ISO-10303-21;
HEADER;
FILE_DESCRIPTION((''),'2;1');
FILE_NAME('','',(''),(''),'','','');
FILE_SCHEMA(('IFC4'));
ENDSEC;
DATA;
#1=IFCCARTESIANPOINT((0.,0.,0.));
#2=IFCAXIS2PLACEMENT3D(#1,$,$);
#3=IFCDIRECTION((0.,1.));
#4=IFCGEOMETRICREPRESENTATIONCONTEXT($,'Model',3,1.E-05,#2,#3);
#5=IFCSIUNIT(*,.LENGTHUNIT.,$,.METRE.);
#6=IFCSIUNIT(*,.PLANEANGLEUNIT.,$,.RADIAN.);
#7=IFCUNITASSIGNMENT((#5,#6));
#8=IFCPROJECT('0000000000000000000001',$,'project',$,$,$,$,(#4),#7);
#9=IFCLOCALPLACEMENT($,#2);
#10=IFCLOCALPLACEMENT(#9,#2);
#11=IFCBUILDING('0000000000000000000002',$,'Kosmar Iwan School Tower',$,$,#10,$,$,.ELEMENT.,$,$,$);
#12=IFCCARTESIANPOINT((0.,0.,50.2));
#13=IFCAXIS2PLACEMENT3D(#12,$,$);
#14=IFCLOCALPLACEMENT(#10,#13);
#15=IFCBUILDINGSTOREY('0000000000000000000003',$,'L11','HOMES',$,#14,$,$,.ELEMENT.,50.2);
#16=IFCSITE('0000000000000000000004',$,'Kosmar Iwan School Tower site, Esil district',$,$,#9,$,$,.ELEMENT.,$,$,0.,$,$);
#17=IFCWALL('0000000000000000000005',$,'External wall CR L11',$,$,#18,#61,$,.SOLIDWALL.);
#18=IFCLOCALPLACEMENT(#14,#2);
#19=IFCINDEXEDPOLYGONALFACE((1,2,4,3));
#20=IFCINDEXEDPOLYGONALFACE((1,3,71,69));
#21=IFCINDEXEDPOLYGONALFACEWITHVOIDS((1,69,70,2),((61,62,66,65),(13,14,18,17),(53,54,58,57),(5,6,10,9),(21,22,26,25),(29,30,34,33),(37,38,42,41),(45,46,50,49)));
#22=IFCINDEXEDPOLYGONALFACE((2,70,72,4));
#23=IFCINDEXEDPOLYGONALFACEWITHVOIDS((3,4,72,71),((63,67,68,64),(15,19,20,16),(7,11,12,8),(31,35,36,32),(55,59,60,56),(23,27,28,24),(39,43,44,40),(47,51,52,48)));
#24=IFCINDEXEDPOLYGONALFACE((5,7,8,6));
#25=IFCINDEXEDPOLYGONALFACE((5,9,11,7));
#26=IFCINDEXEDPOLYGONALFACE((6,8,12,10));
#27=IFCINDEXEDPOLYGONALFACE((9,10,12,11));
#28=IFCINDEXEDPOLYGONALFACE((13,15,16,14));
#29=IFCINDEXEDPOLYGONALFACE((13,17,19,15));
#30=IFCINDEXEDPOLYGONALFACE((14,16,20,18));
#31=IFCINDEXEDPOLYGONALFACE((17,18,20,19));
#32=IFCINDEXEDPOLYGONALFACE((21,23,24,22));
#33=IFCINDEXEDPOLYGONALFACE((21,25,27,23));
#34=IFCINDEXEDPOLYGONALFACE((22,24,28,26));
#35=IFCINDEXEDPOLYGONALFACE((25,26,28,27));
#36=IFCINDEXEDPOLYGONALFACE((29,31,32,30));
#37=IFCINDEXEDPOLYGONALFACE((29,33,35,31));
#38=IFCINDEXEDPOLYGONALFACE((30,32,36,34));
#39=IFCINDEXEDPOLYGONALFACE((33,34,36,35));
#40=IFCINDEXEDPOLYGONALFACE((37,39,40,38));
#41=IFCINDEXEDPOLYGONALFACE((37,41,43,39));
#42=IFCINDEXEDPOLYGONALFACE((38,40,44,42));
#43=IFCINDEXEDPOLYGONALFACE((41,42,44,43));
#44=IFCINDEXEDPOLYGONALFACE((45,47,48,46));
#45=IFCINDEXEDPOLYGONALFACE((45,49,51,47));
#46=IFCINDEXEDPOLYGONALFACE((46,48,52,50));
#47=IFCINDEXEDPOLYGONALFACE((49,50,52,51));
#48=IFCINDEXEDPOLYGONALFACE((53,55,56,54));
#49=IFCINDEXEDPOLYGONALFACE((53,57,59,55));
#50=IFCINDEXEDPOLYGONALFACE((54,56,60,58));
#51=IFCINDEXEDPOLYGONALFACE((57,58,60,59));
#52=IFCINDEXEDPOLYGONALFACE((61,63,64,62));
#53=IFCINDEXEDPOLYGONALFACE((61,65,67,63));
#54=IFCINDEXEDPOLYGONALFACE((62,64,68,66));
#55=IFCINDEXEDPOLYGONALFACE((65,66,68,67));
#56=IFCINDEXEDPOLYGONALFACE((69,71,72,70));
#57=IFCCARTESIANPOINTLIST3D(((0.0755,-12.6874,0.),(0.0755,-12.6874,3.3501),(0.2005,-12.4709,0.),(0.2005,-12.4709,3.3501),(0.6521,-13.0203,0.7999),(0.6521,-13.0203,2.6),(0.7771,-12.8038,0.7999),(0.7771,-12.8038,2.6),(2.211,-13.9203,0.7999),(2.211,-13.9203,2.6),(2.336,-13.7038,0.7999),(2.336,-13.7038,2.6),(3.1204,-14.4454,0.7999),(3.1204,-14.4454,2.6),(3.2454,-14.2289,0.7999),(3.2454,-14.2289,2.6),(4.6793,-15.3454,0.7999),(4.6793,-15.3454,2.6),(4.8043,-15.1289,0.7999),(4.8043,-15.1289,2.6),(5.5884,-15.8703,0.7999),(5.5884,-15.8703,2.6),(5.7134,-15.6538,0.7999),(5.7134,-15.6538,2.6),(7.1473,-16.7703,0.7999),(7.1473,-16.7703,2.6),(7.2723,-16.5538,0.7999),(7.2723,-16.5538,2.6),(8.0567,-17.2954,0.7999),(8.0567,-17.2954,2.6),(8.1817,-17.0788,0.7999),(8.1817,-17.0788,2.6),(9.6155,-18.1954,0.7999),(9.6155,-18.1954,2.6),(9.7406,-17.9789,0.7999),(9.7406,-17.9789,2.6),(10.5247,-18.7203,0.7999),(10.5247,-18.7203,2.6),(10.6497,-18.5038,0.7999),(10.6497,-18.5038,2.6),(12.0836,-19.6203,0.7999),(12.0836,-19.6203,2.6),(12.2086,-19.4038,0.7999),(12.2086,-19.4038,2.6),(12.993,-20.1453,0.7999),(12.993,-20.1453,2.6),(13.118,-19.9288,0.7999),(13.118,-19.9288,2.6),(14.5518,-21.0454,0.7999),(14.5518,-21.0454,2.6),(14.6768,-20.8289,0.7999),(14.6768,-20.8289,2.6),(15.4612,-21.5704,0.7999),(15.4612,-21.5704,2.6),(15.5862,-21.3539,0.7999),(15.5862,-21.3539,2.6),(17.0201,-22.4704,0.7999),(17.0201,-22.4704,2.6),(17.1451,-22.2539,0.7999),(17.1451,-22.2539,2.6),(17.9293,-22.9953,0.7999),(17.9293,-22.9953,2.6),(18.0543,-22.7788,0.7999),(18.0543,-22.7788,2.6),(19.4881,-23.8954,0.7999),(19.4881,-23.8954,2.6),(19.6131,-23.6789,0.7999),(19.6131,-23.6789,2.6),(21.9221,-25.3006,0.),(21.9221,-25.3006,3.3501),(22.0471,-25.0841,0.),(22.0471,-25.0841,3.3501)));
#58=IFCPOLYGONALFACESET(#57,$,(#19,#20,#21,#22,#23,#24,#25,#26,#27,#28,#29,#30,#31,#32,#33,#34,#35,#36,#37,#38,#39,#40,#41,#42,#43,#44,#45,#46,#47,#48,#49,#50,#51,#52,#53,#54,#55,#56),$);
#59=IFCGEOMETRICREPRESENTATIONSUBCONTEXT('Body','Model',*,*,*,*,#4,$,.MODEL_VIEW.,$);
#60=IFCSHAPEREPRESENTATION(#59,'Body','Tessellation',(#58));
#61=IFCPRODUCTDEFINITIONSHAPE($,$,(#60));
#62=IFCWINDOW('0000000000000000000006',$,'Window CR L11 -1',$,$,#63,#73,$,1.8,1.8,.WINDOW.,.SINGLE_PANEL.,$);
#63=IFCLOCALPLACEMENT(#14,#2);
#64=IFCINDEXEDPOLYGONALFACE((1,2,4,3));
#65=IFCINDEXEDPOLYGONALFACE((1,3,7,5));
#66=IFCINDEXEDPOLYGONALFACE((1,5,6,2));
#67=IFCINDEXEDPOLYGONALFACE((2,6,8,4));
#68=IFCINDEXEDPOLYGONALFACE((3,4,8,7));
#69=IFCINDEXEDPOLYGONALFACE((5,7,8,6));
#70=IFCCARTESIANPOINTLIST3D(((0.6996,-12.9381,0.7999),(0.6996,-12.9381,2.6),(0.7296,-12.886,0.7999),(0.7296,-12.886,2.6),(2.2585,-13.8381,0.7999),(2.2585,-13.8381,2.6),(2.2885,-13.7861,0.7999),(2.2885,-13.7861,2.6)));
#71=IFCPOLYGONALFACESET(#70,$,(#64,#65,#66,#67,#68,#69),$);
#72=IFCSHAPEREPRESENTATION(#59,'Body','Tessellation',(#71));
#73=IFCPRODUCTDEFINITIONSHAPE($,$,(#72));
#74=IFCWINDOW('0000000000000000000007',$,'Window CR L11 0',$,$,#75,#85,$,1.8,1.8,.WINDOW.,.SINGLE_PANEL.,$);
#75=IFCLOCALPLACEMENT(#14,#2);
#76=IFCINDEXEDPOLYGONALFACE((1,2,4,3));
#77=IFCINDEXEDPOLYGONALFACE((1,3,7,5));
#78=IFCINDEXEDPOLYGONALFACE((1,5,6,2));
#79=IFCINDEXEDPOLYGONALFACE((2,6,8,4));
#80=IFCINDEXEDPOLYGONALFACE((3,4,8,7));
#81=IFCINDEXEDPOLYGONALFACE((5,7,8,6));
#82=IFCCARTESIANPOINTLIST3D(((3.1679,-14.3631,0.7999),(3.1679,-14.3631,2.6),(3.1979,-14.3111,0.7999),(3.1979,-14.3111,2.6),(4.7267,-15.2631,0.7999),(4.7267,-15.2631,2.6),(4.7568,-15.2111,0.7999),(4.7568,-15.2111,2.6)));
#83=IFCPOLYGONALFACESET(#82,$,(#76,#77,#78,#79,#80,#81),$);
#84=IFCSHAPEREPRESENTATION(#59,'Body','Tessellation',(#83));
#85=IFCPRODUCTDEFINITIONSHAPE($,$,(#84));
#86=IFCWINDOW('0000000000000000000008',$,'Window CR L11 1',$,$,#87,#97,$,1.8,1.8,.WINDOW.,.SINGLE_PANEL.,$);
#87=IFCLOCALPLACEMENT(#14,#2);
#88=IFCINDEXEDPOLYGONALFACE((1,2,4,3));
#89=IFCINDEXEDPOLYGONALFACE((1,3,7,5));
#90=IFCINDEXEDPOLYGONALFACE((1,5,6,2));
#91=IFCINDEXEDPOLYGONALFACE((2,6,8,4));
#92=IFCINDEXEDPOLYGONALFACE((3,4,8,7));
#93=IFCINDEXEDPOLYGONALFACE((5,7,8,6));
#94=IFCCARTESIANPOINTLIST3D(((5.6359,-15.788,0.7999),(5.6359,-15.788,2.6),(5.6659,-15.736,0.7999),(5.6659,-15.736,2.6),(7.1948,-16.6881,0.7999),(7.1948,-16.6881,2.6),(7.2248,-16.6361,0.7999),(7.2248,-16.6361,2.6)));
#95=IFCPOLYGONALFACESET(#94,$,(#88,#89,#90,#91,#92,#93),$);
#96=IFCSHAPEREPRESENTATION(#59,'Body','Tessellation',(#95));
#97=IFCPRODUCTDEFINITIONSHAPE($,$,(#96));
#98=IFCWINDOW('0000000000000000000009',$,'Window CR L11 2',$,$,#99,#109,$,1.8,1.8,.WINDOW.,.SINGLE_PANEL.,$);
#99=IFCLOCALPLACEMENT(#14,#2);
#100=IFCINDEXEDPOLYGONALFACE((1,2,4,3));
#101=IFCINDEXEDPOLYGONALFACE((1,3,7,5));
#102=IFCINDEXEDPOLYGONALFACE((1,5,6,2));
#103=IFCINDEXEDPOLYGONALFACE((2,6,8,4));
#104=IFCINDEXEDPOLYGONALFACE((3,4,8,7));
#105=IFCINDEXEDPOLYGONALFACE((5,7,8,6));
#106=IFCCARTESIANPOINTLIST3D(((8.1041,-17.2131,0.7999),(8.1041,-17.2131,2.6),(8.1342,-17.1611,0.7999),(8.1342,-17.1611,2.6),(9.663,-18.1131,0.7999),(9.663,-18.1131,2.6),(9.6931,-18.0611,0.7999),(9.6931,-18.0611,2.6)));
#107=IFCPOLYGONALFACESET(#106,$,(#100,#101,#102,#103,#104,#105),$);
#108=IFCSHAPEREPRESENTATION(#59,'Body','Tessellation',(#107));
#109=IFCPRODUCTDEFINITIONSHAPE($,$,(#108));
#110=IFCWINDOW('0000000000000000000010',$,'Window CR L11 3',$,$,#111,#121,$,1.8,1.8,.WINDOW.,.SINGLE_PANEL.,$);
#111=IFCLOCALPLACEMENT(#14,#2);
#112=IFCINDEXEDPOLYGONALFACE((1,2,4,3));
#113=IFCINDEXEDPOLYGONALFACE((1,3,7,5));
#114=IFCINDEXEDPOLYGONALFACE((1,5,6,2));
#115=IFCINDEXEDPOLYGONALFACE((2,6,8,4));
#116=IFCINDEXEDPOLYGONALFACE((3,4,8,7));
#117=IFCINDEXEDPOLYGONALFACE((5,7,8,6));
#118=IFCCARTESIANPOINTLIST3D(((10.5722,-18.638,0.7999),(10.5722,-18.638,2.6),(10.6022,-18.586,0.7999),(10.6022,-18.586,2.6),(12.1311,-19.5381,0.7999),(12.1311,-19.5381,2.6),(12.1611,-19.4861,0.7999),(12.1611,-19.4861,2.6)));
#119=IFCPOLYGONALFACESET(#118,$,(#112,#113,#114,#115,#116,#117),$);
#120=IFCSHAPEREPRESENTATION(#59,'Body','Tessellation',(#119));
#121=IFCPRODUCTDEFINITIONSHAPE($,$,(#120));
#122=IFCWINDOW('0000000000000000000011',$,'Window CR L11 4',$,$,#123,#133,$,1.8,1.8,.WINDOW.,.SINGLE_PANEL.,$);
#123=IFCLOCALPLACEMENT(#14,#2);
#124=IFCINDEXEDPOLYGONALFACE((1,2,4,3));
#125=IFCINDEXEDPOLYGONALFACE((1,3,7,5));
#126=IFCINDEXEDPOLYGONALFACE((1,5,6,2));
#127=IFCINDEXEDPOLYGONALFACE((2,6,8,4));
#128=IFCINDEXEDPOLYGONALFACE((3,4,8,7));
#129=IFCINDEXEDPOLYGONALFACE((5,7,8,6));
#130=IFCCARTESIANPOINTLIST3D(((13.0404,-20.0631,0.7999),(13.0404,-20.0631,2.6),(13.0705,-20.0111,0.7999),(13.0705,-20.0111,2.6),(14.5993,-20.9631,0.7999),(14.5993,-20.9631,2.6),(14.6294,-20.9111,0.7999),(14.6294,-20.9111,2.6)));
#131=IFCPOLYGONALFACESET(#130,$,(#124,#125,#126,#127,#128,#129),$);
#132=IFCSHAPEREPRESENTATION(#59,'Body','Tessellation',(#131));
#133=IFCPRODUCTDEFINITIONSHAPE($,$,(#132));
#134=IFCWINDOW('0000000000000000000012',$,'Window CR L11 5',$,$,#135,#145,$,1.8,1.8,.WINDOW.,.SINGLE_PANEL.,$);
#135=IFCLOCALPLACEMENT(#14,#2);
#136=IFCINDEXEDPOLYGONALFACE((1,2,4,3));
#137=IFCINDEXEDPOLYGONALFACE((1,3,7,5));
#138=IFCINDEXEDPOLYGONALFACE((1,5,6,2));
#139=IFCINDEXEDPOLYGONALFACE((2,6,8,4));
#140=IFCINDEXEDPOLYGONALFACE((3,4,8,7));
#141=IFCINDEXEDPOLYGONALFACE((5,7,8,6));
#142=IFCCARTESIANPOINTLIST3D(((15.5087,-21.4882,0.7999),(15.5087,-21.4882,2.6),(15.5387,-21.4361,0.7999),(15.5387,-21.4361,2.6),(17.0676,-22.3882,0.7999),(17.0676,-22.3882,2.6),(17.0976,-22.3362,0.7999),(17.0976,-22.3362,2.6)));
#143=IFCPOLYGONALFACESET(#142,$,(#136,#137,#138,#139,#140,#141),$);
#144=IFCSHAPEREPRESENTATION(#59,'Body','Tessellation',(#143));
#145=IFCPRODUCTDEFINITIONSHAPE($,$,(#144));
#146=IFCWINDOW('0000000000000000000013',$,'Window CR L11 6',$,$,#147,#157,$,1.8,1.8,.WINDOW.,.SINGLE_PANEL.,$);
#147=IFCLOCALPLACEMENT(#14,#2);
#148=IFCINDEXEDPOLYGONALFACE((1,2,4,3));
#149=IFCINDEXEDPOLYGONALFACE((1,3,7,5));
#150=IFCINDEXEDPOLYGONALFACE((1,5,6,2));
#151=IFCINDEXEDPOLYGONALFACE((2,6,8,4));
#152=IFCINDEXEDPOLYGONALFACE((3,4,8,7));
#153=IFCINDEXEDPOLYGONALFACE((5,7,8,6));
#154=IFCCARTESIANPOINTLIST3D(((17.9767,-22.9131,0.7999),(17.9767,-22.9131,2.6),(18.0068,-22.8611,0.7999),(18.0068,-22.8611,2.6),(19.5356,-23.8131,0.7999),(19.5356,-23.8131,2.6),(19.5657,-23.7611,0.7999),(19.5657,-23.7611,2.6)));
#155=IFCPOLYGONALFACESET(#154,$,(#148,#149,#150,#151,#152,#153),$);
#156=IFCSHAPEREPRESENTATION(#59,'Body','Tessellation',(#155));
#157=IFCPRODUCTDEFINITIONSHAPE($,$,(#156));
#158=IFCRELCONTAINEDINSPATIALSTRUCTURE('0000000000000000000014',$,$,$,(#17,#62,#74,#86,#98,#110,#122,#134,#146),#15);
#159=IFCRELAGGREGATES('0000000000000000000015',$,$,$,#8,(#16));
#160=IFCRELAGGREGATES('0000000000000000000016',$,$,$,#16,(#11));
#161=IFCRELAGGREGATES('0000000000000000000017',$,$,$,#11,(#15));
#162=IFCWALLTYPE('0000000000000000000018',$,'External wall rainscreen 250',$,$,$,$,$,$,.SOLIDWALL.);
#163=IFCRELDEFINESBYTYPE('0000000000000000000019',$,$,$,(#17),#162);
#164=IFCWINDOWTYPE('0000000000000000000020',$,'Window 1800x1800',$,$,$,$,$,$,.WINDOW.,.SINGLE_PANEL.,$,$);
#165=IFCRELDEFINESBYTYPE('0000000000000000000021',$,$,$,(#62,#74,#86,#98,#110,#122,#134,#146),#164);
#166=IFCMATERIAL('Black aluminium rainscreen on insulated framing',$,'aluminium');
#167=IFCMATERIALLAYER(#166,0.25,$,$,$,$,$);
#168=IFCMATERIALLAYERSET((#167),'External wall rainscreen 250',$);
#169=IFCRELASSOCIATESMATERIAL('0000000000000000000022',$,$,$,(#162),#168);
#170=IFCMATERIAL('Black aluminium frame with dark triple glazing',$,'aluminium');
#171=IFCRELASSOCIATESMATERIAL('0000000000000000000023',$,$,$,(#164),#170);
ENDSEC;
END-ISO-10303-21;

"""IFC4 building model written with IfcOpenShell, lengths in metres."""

from ifc_helpers import new_model, si_unit, direction, frame, frame_2d, origin, place, context, subcontext, project, spatial, rectangle, extrude, material, layer, layer_set, type_object, element, fill, save


model = new_model("IFC4")

# Units and contexts
model_context = context("Model", 3, precision=1e-05, world=origin(), true_north=direction((0.0, 1.0)))
body_context = subcontext(model_context, "Body", "Model", "MODEL_VIEW")
ifc_project = project(units=[si_unit("LENGTHUNIT", "METRE"), si_unit("PLANEANGLEUNIT", "RADIAN")], contexts=[model_context])

# Site, building, storey
site_placement = place(None, origin())
site = spatial("IfcSite", under=ifc_project, at=site_placement, Name="Kosmar Iwan School Tower site, Esil district", CompositionType="ELEMENT", RefElevation=0.0)
building_placement = place(site_placement, origin())
building = spatial("IfcBuilding", under=site, at=building_placement, Name="Kosmar Iwan School Tower", CompositionType="ELEMENT")
storey_placement = place(building_placement, frame((0.0, 0.0, 50.2)))
storey = spatial("IfcBuildingStorey", under=building, at=storey_placement, Name="L11", Description="HOMES", CompositionType="ELEMENT", Elevation=50.2)

# Wall, openings, windows
ifc_material_1 = material(Name="Black aluminium rainscreen on insulated framing", Category="aluminium")
ifc_layer = layer(ifc_material_1, 0.25)
ifc_layer_set = layer_set([ifc_layer], Name="External wall rainscreen 250")
wall_type = type_object("IfcWallType", Name="External wall rainscreen 250", PredefinedType="SOLIDWALL", material=ifc_layer_set)
ifc_material_2 = material(Name="Black aluminium frame with dark triple glazing", Category="aluminium")
window_type = type_object("IfcWindowType", Name="Window 1800x1800", PartitioningType="SINGLE_PANEL", PredefinedType="WINDOW", material=ifc_material_2)
wall_1_placement = place(storey_placement, frame((0.1379, -12.5791, 0.0), z_axis=(0.0, 0.0, 1.0), x_axis=(0.866024, -0.500003, 0.0)))
wall_1 = element("IfcWall", 1, at=wall_1_placement, inside=storey, type_object=wall_type, Name="External wall CR L11", PredefinedType="SOLIDWALL", context=body_context, shape_type="SweptSolid", body=[
    extrude(rectangle(XDim=25.2263, YDim=0.25, at=frame_2d((12.6133, 0.0))), origin(), (0.0, 0.0, 1.0), 3.3501),
])
opening_1_placement = place(wall_1_placement, frame((0.666, 0.0, 0.8)))
opening_1 = element("IfcOpeningElement", 2, at=opening_1_placement, cuts=wall_1, PredefinedType="OPENING", context=body_context, shape_type="SweptSolid", body=[
    extrude(rectangle(XDim=1.8, YDim=1.8, at=frame_2d((0.8999, 0.8999))), frame((0.0, 0.137, 0.0), z_axis=(0.0, -1.0, 0.0), x_axis=(1.0, 0.0, 0.0)), (0.0, 0.0, 1.0), 0.2739),
])
opening_2_placement = place(wall_1_placement, frame((3.5161, 0.0, 0.8)))
opening_2 = element("IfcOpeningElement", 3, at=opening_2_placement, cuts=wall_1, PredefinedType="OPENING", context=body_context, shape_type="SweptSolid", body=[
    extrude(rectangle(XDim=1.8, YDim=1.8, at=frame_2d((0.8999, 0.8999))), frame((0.0, 0.137, 0.0), z_axis=(0.0, -1.0, 0.0), x_axis=(1.0, 0.0, 0.0)), (0.0, 0.0, 1.0), 0.2739),
])
opening_3_placement = place(wall_1_placement, frame((6.366, 0.0, 0.8)))
opening_3 = element("IfcOpeningElement", 4, at=opening_3_placement, cuts=wall_1, PredefinedType="OPENING", context=body_context, shape_type="SweptSolid", body=[
    extrude(rectangle(XDim=1.8, YDim=1.8, at=frame_2d((0.8999, 0.8999))), frame((0.0, 0.137, 0.0), z_axis=(0.0, -1.0, 0.0), x_axis=(1.0, 0.0, 0.0)), (0.0, 0.0, 1.0), 0.2739),
])
opening_4_placement = place(wall_1_placement, frame((9.2161, 0.0, 0.8)))
opening_4 = element("IfcOpeningElement", 5, at=opening_4_placement, cuts=wall_1, PredefinedType="OPENING", context=body_context, shape_type="SweptSolid", body=[
    extrude(rectangle(XDim=1.8, YDim=1.8, at=frame_2d((0.8999, 0.8999))), frame((0.0, 0.137, 0.0), z_axis=(0.0, -1.0, 0.0), x_axis=(1.0, 0.0, 0.0)), (0.0, 0.0, 1.0), 0.2739),
])
opening_5_placement = place(wall_1_placement, frame((12.0659, 0.0, 0.8)))
opening_5 = element("IfcOpeningElement", 6, at=opening_5_placement, cuts=wall_1, PredefinedType="OPENING", context=body_context, shape_type="SweptSolid", body=[
    extrude(rectangle(XDim=1.8, YDim=1.8, at=frame_2d((0.8999, 0.8999))), frame((0.0, 0.137, 0.0), z_axis=(0.0, -1.0, 0.0), x_axis=(1.0, 0.0, 0.0)), (0.0, 0.0, 1.0), 0.2739),
])
opening_6_placement = place(wall_1_placement, frame((14.916, 0.0, 0.8)))
opening_6 = element("IfcOpeningElement", 7, at=opening_6_placement, cuts=wall_1, PredefinedType="OPENING", context=body_context, shape_type="SweptSolid", body=[
    extrude(rectangle(XDim=1.8, YDim=1.8, at=frame_2d((0.8999, 0.8999))), frame((0.0, 0.137, 0.0), z_axis=(0.0, -1.0, 0.0), x_axis=(1.0, 0.0, 0.0)), (0.0, 0.0, 1.0), 0.2739),
])
opening_7_placement = place(wall_1_placement, frame((17.7661, 0.0, 0.8)))
opening_7 = element("IfcOpeningElement", 8, at=opening_7_placement, cuts=wall_1, PredefinedType="OPENING", context=body_context, shape_type="SweptSolid", body=[
    extrude(rectangle(XDim=1.8, YDim=1.8, at=frame_2d((0.8999, 0.8999))), frame((0.0, 0.137, 0.0), z_axis=(0.0, -1.0, 0.0), x_axis=(1.0, 0.0, 0.0)), (0.0, 0.0, 1.0), 0.2739),
])
opening_8_placement = place(wall_1_placement, frame((20.616, 0.0, 0.8)))
opening_8 = element("IfcOpeningElement", 9, at=opening_8_placement, cuts=wall_1, PredefinedType="OPENING", context=body_context, shape_type="SweptSolid", body=[
    extrude(rectangle(XDim=1.8, YDim=1.8, at=frame_2d((0.8999, 0.8999))), frame((0.0, 0.137, 0.0), z_axis=(0.0, -1.0, 0.0), x_axis=(1.0, 0.0, 0.0)), (0.0, 0.0, 1.0), 0.2739),
])
window_1_placement = place(opening_1_placement, origin())
window_1 = element("IfcWindow", 10, at=window_1_placement, inside=storey, type_object=window_type, Name="Window CR L11 -1", OverallHeight=1.8, OverallWidth=1.8, PartitioningType="SINGLE_PANEL", PredefinedType="WINDOW", context=body_context, shape_type="SweptSolid", body=[
    extrude(rectangle(XDim=1.8, YDim=1.8, at=frame_2d((0.8999, 0.8999))), frame((0.0, 0.03, 0.0), z_axis=(0.0, -1.0, 0.0), x_axis=(1.0, 0.0, 0.0)), (0.0, 0.0, 1.0), 0.0601),
])
fill(opening_1, window_1)
window_2_placement = place(opening_2_placement, origin())
window_2 = element("IfcWindow", 11, at=window_2_placement, inside=storey, type_object=window_type, Name="Window CR L11 0", OverallHeight=1.8, OverallWidth=1.8, PartitioningType="SINGLE_PANEL", PredefinedType="WINDOW", context=body_context, shape_type="SweptSolid", body=[
    extrude(rectangle(XDim=1.8, YDim=1.8, at=frame_2d((0.8999, 0.8999))), frame((0.0, 0.03, 0.0), z_axis=(0.0, -1.0, 0.0), x_axis=(1.0, 0.0, 0.0)), (0.0, 0.0, 1.0), 0.0601),
])
fill(opening_2, window_2)
window_3_placement = place(opening_3_placement, origin())
window_3 = element("IfcWindow", 12, at=window_3_placement, inside=storey, type_object=window_type, Name="Window CR L11 1", OverallHeight=1.8, OverallWidth=1.8, PartitioningType="SINGLE_PANEL", PredefinedType="WINDOW", context=body_context, shape_type="SweptSolid", body=[
    extrude(rectangle(XDim=1.8, YDim=1.8, at=frame_2d((0.8999, 0.8999))), frame((0.0, 0.03, 0.0), z_axis=(0.0, -1.0, 0.0), x_axis=(1.0, 0.0, 0.0)), (0.0, 0.0, 1.0), 0.0601),
])
fill(opening_3, window_3)
window_4_placement = place(opening_4_placement, origin())
window_4 = element("IfcWindow", 13, at=window_4_placement, inside=storey, type_object=window_type, Name="Window CR L11 2", OverallHeight=1.8, OverallWidth=1.8, PartitioningType="SINGLE_PANEL", PredefinedType="WINDOW", context=body_context, shape_type="SweptSolid", body=[
    extrude(rectangle(XDim=1.8, YDim=1.8, at=frame_2d((0.8999, 0.8999))), frame((0.0, 0.03, 0.0), z_axis=(0.0, -1.0, 0.0), x_axis=(1.0, 0.0, 0.0)), (0.0, 0.0, 1.0), 0.0601),
])
fill(opening_4, window_4)
window_5_placement = place(opening_5_placement, origin())
window_5 = element("IfcWindow", 14, at=window_5_placement, inside=storey, type_object=window_type, Name="Window CR L11 3", OverallHeight=1.8, OverallWidth=1.8, PartitioningType="SINGLE_PANEL", PredefinedType="WINDOW", context=body_context, shape_type="SweptSolid", body=[
    extrude(rectangle(XDim=1.8, YDim=1.8, at=frame_2d((0.8999, 0.8999))), frame((0.0, 0.03, 0.0), z_axis=(0.0, -1.0, 0.0), x_axis=(1.0, 0.0, 0.0)), (0.0, 0.0, 1.0), 0.0601),
])
fill(opening_5, window_5)
window_6_placement = place(opening_6_placement, origin())
window_6 = element("IfcWindow", 15, at=window_6_placement, inside=storey, type_object=window_type, Name="Window CR L11 4", OverallHeight=1.8, OverallWidth=1.8, PartitioningType="SINGLE_PANEL", PredefinedType="WINDOW", context=body_context, shape_type="SweptSolid", body=[
    extrude(rectangle(XDim=1.8, YDim=1.8, at=frame_2d((0.8999, 0.8999))), frame((0.0, 0.03, 0.0), z_axis=(0.0, -1.0, 0.0), x_axis=(1.0, 0.0, 0.0)), (0.0, 0.0, 1.0), 0.0601),
])
fill(opening_6, window_6)
window_7_placement = place(opening_7_placement, origin())
window_7 = element("IfcWindow", 16, at=window_7_placement, inside=storey, type_object=window_type, Name="Window CR L11 5", OverallHeight=1.8, OverallWidth=1.8, PartitioningType="SINGLE_PANEL", PredefinedType="WINDOW", context=body_context, shape_type="SweptSolid", body=[
    extrude(rectangle(XDim=1.8, YDim=1.8, at=frame_2d((0.8999, 0.8999))), frame((0.0, 0.03, 0.0), z_axis=(0.0, -1.0, 0.0), x_axis=(1.0, 0.0, 0.0)), (0.0, 0.0, 1.0), 0.0601),
])
fill(opening_7, window_7)
window_8_placement = place(opening_8_placement, origin())
window_8 = element("IfcWindow", 17, at=window_8_placement, inside=storey, type_object=window_type, Name="Window CR L11 6", OverallHeight=1.8, OverallWidth=1.8, PartitioningType="SINGLE_PANEL", PredefinedType="WINDOW", context=body_context, shape_type="SweptSolid", body=[
    extrude(rectangle(XDim=1.8, YDim=1.8, at=frame_2d((0.8999, 0.8999))), frame((0.0, 0.03, 0.0), z_axis=(0.0, -1.0, 0.0), x_axis=(1.0, 0.0, 0.0)), (0.0, 0.0, 1.0), 0.0601),
])
fill(opening_8, window_8)

save(model, "model.ifc")
